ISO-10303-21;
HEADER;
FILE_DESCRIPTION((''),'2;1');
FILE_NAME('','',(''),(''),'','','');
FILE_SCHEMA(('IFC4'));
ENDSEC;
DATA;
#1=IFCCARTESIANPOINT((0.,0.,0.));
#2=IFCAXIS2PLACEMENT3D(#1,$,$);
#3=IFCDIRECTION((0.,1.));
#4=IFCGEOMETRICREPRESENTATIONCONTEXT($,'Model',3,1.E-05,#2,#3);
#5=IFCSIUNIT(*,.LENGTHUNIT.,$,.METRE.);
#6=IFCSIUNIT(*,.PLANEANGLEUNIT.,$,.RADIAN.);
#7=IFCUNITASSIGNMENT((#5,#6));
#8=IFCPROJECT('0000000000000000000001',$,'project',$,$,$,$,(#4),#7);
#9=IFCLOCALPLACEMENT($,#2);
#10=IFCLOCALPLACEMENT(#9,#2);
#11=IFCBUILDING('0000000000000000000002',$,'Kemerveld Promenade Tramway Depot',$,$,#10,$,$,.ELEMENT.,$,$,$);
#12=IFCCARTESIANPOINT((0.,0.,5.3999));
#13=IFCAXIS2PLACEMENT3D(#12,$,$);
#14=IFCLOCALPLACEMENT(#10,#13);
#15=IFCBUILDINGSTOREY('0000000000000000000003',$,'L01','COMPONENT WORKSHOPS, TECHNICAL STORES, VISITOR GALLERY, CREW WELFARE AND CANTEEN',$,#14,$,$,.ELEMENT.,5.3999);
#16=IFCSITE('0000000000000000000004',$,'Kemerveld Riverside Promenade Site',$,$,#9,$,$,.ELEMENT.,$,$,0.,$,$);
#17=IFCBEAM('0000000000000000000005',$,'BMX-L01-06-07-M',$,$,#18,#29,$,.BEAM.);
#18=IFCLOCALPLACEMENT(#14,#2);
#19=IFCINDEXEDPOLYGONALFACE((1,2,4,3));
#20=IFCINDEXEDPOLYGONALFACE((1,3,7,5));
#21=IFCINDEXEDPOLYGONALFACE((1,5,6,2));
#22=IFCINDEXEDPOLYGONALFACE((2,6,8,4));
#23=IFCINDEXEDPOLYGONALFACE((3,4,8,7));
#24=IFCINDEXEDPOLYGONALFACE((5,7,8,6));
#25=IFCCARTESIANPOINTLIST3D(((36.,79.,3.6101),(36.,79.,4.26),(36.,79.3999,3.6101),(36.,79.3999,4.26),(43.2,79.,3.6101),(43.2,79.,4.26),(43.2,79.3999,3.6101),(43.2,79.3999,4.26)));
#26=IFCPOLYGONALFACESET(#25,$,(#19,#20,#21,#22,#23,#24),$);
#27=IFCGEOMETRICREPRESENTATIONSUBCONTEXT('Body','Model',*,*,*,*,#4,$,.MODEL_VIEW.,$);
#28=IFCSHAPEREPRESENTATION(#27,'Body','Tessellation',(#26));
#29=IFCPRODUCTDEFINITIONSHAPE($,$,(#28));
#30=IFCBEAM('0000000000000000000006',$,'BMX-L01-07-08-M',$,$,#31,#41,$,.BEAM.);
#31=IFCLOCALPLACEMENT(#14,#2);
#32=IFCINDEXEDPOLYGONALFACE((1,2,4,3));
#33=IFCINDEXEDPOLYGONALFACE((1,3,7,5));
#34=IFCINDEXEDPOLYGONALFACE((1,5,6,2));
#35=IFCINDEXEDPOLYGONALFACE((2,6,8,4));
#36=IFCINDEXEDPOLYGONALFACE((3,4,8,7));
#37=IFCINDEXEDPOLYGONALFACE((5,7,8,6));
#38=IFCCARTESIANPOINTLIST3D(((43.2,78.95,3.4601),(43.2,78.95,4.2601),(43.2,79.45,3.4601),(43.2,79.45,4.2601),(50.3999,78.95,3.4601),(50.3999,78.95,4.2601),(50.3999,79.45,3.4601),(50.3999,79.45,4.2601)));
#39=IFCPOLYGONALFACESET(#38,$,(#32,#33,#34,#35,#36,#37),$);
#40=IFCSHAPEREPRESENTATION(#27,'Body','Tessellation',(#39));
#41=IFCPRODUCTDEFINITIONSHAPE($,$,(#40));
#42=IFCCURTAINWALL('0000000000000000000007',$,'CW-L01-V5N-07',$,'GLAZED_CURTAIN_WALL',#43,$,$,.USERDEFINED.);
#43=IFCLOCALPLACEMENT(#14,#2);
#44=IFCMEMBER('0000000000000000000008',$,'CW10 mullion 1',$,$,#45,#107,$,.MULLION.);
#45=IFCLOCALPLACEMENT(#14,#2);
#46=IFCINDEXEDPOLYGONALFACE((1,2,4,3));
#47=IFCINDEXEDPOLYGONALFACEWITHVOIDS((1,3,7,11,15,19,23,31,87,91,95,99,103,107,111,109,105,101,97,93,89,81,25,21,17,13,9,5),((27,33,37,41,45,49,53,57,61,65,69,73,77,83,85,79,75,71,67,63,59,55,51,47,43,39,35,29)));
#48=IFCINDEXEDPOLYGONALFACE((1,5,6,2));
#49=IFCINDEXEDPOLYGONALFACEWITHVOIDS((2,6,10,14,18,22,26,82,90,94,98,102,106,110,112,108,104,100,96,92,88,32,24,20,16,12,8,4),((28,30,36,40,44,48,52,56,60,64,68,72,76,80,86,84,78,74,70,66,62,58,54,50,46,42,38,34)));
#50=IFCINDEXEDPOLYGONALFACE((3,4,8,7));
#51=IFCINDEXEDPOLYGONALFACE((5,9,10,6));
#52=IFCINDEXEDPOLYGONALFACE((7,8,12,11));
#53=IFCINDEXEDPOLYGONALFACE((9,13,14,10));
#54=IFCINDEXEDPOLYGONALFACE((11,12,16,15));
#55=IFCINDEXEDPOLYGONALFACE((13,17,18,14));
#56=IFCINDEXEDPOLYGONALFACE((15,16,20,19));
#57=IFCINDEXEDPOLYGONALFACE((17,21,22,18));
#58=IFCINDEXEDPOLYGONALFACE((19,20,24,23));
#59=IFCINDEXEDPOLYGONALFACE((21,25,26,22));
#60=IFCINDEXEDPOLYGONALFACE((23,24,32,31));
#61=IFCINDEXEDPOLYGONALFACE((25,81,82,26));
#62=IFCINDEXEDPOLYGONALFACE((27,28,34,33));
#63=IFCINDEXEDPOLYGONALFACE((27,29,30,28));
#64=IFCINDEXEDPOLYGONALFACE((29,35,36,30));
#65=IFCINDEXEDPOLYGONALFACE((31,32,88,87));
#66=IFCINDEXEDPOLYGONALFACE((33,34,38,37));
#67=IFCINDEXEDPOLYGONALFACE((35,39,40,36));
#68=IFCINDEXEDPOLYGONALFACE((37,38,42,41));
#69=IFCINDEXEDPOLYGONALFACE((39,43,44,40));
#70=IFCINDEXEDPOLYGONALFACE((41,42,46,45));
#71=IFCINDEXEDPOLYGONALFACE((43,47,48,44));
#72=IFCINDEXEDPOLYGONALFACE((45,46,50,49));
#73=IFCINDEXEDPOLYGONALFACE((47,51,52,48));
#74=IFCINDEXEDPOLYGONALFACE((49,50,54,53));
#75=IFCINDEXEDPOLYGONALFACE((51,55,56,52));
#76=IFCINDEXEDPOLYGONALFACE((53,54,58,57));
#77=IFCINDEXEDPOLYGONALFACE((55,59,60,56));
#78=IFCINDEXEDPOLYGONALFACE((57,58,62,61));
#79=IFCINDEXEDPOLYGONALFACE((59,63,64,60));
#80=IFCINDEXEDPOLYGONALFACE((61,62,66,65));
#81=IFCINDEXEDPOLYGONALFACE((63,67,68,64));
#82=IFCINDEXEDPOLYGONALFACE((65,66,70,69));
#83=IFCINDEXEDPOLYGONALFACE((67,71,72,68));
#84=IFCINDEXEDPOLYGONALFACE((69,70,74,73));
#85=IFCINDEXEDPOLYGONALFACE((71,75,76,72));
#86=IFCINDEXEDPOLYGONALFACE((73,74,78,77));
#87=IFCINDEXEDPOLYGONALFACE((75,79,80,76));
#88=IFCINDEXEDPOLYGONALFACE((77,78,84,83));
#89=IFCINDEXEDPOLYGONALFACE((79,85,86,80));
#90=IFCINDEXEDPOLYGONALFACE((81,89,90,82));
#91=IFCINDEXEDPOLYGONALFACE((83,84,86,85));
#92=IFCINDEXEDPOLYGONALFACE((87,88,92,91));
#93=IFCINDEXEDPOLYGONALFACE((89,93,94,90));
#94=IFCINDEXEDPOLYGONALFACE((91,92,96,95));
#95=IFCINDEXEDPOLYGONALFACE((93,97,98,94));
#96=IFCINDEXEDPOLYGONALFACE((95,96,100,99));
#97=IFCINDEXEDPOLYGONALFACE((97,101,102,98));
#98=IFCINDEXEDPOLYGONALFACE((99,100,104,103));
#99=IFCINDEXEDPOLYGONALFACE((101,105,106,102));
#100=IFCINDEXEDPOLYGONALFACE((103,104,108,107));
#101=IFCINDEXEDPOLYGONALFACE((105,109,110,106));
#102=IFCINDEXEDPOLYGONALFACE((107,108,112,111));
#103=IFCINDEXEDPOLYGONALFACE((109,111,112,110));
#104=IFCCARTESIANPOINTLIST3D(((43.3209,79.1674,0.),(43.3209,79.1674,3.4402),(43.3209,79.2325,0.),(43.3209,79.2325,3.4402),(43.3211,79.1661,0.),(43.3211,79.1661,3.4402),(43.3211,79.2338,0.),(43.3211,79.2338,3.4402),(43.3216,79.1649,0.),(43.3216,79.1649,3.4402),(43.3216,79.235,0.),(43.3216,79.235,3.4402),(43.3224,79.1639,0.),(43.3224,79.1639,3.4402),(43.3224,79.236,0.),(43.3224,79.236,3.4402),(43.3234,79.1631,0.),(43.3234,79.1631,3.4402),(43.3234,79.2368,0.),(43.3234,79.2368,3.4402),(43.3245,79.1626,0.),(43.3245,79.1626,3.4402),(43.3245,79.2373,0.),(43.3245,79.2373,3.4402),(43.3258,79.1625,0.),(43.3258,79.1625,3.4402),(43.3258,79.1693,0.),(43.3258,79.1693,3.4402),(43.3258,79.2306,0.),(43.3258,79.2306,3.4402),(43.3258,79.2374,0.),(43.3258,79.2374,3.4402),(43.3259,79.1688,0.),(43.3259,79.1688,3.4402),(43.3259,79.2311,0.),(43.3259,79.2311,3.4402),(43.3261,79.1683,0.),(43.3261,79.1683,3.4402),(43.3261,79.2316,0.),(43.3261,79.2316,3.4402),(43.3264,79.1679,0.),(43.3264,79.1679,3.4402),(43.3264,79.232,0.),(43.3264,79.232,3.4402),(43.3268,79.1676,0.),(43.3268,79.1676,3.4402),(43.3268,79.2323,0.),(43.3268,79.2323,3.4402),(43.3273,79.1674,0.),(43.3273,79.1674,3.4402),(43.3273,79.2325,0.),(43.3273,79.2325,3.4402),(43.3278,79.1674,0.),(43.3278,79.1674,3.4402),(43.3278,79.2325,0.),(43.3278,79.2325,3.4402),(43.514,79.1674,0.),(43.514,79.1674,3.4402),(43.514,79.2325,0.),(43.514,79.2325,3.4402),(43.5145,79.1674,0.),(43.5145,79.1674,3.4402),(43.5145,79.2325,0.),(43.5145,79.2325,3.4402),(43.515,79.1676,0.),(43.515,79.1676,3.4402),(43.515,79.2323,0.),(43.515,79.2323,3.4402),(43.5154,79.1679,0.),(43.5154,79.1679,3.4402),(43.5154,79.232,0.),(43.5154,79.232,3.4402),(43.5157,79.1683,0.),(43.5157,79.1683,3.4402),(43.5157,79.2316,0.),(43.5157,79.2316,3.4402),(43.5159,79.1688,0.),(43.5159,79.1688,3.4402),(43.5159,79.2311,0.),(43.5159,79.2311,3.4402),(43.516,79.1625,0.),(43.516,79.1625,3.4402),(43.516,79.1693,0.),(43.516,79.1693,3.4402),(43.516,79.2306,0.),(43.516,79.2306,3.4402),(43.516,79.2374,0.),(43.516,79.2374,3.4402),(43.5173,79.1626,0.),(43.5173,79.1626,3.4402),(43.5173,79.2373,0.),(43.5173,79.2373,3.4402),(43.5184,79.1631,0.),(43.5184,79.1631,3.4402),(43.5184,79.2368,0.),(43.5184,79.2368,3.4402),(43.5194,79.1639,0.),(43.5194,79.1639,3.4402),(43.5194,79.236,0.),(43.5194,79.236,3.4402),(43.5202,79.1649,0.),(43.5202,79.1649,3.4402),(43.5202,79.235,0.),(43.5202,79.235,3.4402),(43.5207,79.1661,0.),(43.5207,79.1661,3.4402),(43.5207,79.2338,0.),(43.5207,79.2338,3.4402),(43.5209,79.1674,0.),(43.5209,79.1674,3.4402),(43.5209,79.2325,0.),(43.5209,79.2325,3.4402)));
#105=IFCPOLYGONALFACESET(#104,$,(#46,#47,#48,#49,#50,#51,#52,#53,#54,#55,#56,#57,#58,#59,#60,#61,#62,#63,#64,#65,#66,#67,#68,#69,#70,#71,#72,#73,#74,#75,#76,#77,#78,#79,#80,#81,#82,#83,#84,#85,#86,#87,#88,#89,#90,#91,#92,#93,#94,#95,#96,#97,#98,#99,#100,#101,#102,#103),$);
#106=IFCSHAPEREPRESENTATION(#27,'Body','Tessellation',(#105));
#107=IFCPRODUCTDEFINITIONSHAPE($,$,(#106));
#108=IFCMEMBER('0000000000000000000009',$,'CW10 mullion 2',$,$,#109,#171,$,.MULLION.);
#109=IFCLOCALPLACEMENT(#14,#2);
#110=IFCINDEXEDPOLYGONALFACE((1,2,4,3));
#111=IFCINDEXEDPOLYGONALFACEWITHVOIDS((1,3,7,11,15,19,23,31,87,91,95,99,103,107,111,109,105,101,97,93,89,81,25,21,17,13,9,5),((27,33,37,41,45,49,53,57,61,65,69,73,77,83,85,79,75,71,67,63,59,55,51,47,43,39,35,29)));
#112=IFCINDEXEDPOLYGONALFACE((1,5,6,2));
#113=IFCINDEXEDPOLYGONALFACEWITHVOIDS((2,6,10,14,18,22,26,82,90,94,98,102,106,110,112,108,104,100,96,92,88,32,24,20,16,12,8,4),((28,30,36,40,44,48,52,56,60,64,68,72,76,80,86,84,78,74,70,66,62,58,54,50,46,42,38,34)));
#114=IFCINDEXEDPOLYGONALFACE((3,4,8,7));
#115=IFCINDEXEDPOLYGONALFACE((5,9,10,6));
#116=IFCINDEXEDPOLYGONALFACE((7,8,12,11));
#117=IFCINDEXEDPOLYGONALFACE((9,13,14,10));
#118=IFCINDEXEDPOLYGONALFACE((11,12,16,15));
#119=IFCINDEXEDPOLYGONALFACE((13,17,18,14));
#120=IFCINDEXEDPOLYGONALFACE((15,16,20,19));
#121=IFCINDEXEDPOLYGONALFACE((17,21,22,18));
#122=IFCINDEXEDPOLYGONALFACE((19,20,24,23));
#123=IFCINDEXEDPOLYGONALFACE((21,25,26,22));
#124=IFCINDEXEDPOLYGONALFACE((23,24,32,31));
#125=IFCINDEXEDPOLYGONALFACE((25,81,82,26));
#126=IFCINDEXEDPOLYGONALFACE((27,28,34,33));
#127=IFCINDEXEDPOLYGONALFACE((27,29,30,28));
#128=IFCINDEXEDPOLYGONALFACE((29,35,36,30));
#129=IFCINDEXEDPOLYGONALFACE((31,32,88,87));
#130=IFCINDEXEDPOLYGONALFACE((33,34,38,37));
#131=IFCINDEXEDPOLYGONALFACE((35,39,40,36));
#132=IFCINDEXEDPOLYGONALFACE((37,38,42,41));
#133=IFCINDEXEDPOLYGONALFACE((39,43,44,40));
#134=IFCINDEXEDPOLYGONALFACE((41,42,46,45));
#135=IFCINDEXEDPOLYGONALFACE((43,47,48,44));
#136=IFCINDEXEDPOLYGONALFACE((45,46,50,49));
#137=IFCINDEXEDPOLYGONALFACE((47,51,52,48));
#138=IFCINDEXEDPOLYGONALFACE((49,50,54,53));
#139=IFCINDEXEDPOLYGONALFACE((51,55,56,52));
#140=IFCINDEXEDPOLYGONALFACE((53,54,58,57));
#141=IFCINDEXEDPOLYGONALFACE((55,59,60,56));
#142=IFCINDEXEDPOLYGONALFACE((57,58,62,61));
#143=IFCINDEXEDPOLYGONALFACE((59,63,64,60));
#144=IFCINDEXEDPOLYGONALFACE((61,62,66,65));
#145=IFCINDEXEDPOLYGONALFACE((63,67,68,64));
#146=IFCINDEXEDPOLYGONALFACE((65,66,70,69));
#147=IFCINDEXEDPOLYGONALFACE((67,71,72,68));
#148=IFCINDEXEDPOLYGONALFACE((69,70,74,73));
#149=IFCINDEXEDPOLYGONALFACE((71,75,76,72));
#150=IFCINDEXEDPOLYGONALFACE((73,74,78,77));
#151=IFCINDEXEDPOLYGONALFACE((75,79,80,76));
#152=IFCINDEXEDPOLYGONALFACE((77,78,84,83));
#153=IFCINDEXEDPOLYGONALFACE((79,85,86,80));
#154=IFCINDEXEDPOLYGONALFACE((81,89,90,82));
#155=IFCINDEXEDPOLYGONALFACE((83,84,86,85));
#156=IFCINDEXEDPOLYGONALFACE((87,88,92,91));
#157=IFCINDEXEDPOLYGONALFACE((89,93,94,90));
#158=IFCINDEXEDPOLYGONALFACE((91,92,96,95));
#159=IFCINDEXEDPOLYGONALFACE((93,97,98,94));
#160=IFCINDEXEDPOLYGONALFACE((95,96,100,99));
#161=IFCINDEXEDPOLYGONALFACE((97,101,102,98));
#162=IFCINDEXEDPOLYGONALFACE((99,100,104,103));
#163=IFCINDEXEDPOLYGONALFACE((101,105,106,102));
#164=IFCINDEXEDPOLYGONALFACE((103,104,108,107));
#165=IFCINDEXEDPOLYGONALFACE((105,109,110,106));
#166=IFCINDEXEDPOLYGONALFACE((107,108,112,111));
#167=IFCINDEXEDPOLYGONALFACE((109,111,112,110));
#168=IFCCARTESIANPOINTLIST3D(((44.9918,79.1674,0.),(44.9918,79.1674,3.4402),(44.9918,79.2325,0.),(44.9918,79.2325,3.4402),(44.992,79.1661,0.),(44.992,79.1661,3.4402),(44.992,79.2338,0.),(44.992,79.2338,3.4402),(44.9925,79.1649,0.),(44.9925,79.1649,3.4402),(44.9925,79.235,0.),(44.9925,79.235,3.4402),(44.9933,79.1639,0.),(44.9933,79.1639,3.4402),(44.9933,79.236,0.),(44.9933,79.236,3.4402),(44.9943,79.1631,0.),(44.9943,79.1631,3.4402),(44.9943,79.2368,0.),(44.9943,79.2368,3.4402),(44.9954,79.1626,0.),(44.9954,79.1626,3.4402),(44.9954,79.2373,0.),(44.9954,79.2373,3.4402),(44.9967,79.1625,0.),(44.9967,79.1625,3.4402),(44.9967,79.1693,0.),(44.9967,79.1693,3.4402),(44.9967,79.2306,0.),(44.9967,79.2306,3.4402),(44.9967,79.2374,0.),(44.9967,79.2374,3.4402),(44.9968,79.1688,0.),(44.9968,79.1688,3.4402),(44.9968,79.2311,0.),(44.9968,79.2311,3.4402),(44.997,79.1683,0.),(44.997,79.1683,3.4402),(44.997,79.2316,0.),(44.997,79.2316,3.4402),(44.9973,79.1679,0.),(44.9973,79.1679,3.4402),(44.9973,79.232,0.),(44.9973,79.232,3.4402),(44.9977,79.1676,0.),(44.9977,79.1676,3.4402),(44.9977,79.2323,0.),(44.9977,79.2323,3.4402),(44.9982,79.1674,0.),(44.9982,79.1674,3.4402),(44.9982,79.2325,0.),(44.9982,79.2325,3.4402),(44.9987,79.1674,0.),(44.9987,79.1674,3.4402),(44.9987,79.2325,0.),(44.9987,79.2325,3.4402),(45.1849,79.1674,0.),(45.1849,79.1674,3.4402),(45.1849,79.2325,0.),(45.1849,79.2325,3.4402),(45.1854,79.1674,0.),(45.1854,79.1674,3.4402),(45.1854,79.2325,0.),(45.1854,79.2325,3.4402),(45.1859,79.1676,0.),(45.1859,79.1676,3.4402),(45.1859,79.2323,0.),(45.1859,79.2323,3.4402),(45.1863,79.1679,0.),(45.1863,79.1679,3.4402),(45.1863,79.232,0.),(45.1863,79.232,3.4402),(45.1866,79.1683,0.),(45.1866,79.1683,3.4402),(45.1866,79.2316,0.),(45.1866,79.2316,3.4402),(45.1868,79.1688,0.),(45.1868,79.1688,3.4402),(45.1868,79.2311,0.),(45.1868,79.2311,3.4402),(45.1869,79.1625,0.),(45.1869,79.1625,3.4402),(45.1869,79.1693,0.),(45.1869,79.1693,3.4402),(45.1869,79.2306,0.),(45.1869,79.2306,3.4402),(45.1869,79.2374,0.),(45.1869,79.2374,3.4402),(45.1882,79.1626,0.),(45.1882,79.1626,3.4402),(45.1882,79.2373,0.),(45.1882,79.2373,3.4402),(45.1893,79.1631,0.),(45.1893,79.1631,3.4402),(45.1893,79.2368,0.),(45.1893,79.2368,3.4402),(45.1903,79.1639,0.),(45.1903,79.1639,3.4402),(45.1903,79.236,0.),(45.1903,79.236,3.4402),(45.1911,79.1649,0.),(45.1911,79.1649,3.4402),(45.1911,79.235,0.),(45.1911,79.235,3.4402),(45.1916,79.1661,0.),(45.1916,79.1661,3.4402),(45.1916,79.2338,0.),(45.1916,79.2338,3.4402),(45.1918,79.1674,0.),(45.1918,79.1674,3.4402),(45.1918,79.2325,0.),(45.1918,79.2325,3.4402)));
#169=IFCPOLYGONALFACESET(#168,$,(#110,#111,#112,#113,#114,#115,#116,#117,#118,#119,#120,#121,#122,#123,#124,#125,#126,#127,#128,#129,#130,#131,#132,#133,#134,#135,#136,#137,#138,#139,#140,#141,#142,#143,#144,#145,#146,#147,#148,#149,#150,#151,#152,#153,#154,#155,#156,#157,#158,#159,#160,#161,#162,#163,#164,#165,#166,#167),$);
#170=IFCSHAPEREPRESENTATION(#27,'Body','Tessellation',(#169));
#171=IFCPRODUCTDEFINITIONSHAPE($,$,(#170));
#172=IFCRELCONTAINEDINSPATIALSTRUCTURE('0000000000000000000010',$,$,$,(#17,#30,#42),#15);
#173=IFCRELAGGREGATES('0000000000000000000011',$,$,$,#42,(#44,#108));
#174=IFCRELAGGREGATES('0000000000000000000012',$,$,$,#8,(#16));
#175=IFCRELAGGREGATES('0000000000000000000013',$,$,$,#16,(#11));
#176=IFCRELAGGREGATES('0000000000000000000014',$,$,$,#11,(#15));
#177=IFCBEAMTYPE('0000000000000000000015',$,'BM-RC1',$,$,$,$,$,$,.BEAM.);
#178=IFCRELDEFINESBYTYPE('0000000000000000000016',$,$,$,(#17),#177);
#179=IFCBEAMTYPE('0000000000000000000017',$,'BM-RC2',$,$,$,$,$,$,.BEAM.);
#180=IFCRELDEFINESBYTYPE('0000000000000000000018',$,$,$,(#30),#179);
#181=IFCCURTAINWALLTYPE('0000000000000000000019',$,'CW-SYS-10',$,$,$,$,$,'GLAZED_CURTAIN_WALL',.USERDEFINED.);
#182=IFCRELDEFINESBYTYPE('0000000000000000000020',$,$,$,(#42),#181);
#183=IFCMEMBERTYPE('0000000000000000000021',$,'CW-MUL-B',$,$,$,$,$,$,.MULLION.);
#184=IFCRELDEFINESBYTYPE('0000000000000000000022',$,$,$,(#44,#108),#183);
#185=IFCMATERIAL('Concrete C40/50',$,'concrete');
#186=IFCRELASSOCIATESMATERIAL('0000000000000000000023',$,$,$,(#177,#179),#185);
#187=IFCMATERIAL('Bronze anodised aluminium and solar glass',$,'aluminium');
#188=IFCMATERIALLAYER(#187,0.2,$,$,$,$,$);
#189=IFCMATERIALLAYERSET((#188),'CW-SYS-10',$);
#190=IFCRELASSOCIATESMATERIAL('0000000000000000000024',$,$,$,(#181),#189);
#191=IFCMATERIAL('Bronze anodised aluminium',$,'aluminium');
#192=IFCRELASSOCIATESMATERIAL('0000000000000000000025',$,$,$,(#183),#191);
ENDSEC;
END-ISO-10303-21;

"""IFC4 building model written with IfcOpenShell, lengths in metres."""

from ifc_helpers import new_model, si_unit, direction, frame, origin, origin_2d, place, context, subcontext, project, spatial, rectangle, hollow_rectangle, extrude, material, layer, layer_set, material_profile, profile_set, type_object, element, aggregate, save


model = new_model("IFC4")

# Units and contexts
model_context = context("Model", 3, precision=1e-05, world=origin(), true_north=direction((0.0, 1.0)))
body_context = subcontext(model_context, "Body", "Model", "MODEL_VIEW")
ifc_project = project(units=[si_unit("LENGTHUNIT", "METRE"), si_unit("PLANEANGLEUNIT", "RADIAN")], contexts=[model_context])

# Site, building, storey
site_placement = place(None, origin())
site = spatial("IfcSite", under=ifc_project, at=site_placement, Name="Kemerveld Riverside Promenade Site", CompositionType="ELEMENT", RefElevation=0.0)
building_placement = place(site_placement, origin())
building = spatial("IfcBuilding", under=site, at=building_placement, Name="Kemerveld Promenade Tramway Depot", CompositionType="ELEMENT")
storey_placement = place(building_placement, frame((0.0, 0.0, 5.3999)))
storey = spatial("IfcBuildingStorey", under=building, at=storey_placement, Name="L01", Description="COMPONENT WORKSHOPS, TECHNICAL STORES, VISITOR GALLERY, CREW WELFARE AND CANTEEN", CompositionType="ELEMENT", Elevation=5.3999)

# Beams
ifc_material_1 = material(Name="Concrete C40/50", Category="concrete")
ifc_material_profile_1 = material_profile(ifc_material_1, rectangle(XDim=0.3999, YDim=0.6499, at=origin_2d()), Name="RC-BM-400x650")
ifc_profile_set_1 = profile_set([ifc_material_profile_1], Name="Concrete C40/50")
beam_type_1 = type_object("IfcBeamType", Name="BM-RC1", PredefinedType="BEAM", material=ifc_profile_set_1)
beam_1_placement = place(storey_placement, frame((36.0, 79.2, 3.9351), z_axis=(1.0, 0.0, 0.0), x_axis=(0.0, 1.0, 0.0)))
element("IfcBeam", 1, at=beam_1_placement, inside=storey, type_object=beam_type_1, Name="BMX-L01-06-07-M", PredefinedType="BEAM", context=body_context, shape_type="SweptSolid", body=[
    extrude(rectangle(XDim=0.3999, YDim=0.6499, at=origin_2d()), origin(), (0.0, 0.0, 1.0), 7.2),
])
ifc_material_profile_2 = material_profile(ifc_material_1, rectangle(XDim=0.5, YDim=0.8, at=origin_2d()), Name="RC-BM-500x800")
ifc_profile_set_2 = profile_set([ifc_material_profile_2], Name="Concrete C40/50")
beam_type_2 = type_object("IfcBeamType", Name="BM-RC2", PredefinedType="BEAM", material=ifc_profile_set_2)
beam_2_placement = place(storey_placement, frame((43.2, 79.2, 3.8601), z_axis=(1.0, 0.0, 0.0), x_axis=(0.0, 1.0, 0.0)))
element("IfcBeam", 2, at=beam_2_placement, inside=storey, type_object=beam_type_2, Name="BMX-L01-07-08-M", PredefinedType="BEAM", context=body_context, shape_type="SweptSolid", body=[
    extrude(rectangle(XDim=0.5, YDim=0.8, at=origin_2d()), origin(), (0.0, 0.0, 1.0), 7.2),
])

# Curtain wall, members
ifc_material_2 = material(Name="Bronze anodised aluminium and solar glass", Category="aluminium")
ifc_layer_1 = layer(ifc_material_2, 0.2)
ifc_layer_set_1 = layer_set([ifc_layer_1], Name="CW-SYS-10")
curtain_wall_type = type_object("IfcCurtainWallType", Name="CW-SYS-10", ElementType="GLAZED_CURTAIN_WALL", PredefinedType="USERDEFINED", material=ifc_layer_set_1)
curtain_wall_placement = place(storey_placement, origin())
curtain_wall = element("IfcCurtainWall", 3, at=curtain_wall_placement, inside=storey, type_object=curtain_wall_type, Name="CW-L01-V5N-07", ObjectType="GLAZED_CURTAIN_WALL", PredefinedType="USERDEFINED")
ifc_material_3 = material(Name="Bronze anodised aluminium", Category="aluminium")
ifc_material_profile_3 = material_profile(ifc_material_3, hollow_rectangle(XDim=0.075, YDim=0.2, WallThickness=0.0049, InnerFilletRadius=0.002, OuterFilletRadius=0.0049, at=origin_2d()), Name="CW-MUL-200x75")
ifc_profile_set_3 = profile_set([ifc_material_profile_3], Name="Bronze anodised aluminium")
member_type_1 = type_object("IfcMemberType", Name="CW-MUL-B", PredefinedType="MULLION", material=ifc_profile_set_3)
member_1_placement = place(storey_placement, frame((43.4209, 79.2, 0.0), z_axis=(0.0, 0.0, 1.0), x_axis=(0.0, 1.0, 0.0)))
member_1 = element("IfcMember", 4, at=member_1_placement, type_object=member_type_1, Name="CW10 mullion 1", PredefinedType="MULLION", context=body_context, shape_type="SweptSolid", body=[
    extrude(hollow_rectangle(XDim=0.075, YDim=0.2, WallThickness=0.0049, InnerFilletRadius=0.002, OuterFilletRadius=0.0049, at=origin_2d()), origin(), (0.0, 0.0, 1.0), 3.4402),
])
member_2_placement = place(storey_placement, frame((45.0918, 79.2, 0.0), z_axis=(0.0, 0.0, 1.0), x_axis=(0.0, 1.0, 0.0)))
member_2 = element("IfcMember", 5, at=member_2_placement, type_object=member_type_1, Name="CW10 mullion 2", PredefinedType="MULLION", context=body_context, shape_type="SweptSolid", body=[
    extrude(hollow_rectangle(XDim=0.075, YDim=0.2, WallThickness=0.0049, InnerFilletRadius=0.002, OuterFilletRadius=0.0049, at=origin_2d()), origin(), (0.0, 0.0, 1.0), 3.4402),
])
aggregate(curtain_wall, [member_1, member_2])

save(model, "model.ifc")
